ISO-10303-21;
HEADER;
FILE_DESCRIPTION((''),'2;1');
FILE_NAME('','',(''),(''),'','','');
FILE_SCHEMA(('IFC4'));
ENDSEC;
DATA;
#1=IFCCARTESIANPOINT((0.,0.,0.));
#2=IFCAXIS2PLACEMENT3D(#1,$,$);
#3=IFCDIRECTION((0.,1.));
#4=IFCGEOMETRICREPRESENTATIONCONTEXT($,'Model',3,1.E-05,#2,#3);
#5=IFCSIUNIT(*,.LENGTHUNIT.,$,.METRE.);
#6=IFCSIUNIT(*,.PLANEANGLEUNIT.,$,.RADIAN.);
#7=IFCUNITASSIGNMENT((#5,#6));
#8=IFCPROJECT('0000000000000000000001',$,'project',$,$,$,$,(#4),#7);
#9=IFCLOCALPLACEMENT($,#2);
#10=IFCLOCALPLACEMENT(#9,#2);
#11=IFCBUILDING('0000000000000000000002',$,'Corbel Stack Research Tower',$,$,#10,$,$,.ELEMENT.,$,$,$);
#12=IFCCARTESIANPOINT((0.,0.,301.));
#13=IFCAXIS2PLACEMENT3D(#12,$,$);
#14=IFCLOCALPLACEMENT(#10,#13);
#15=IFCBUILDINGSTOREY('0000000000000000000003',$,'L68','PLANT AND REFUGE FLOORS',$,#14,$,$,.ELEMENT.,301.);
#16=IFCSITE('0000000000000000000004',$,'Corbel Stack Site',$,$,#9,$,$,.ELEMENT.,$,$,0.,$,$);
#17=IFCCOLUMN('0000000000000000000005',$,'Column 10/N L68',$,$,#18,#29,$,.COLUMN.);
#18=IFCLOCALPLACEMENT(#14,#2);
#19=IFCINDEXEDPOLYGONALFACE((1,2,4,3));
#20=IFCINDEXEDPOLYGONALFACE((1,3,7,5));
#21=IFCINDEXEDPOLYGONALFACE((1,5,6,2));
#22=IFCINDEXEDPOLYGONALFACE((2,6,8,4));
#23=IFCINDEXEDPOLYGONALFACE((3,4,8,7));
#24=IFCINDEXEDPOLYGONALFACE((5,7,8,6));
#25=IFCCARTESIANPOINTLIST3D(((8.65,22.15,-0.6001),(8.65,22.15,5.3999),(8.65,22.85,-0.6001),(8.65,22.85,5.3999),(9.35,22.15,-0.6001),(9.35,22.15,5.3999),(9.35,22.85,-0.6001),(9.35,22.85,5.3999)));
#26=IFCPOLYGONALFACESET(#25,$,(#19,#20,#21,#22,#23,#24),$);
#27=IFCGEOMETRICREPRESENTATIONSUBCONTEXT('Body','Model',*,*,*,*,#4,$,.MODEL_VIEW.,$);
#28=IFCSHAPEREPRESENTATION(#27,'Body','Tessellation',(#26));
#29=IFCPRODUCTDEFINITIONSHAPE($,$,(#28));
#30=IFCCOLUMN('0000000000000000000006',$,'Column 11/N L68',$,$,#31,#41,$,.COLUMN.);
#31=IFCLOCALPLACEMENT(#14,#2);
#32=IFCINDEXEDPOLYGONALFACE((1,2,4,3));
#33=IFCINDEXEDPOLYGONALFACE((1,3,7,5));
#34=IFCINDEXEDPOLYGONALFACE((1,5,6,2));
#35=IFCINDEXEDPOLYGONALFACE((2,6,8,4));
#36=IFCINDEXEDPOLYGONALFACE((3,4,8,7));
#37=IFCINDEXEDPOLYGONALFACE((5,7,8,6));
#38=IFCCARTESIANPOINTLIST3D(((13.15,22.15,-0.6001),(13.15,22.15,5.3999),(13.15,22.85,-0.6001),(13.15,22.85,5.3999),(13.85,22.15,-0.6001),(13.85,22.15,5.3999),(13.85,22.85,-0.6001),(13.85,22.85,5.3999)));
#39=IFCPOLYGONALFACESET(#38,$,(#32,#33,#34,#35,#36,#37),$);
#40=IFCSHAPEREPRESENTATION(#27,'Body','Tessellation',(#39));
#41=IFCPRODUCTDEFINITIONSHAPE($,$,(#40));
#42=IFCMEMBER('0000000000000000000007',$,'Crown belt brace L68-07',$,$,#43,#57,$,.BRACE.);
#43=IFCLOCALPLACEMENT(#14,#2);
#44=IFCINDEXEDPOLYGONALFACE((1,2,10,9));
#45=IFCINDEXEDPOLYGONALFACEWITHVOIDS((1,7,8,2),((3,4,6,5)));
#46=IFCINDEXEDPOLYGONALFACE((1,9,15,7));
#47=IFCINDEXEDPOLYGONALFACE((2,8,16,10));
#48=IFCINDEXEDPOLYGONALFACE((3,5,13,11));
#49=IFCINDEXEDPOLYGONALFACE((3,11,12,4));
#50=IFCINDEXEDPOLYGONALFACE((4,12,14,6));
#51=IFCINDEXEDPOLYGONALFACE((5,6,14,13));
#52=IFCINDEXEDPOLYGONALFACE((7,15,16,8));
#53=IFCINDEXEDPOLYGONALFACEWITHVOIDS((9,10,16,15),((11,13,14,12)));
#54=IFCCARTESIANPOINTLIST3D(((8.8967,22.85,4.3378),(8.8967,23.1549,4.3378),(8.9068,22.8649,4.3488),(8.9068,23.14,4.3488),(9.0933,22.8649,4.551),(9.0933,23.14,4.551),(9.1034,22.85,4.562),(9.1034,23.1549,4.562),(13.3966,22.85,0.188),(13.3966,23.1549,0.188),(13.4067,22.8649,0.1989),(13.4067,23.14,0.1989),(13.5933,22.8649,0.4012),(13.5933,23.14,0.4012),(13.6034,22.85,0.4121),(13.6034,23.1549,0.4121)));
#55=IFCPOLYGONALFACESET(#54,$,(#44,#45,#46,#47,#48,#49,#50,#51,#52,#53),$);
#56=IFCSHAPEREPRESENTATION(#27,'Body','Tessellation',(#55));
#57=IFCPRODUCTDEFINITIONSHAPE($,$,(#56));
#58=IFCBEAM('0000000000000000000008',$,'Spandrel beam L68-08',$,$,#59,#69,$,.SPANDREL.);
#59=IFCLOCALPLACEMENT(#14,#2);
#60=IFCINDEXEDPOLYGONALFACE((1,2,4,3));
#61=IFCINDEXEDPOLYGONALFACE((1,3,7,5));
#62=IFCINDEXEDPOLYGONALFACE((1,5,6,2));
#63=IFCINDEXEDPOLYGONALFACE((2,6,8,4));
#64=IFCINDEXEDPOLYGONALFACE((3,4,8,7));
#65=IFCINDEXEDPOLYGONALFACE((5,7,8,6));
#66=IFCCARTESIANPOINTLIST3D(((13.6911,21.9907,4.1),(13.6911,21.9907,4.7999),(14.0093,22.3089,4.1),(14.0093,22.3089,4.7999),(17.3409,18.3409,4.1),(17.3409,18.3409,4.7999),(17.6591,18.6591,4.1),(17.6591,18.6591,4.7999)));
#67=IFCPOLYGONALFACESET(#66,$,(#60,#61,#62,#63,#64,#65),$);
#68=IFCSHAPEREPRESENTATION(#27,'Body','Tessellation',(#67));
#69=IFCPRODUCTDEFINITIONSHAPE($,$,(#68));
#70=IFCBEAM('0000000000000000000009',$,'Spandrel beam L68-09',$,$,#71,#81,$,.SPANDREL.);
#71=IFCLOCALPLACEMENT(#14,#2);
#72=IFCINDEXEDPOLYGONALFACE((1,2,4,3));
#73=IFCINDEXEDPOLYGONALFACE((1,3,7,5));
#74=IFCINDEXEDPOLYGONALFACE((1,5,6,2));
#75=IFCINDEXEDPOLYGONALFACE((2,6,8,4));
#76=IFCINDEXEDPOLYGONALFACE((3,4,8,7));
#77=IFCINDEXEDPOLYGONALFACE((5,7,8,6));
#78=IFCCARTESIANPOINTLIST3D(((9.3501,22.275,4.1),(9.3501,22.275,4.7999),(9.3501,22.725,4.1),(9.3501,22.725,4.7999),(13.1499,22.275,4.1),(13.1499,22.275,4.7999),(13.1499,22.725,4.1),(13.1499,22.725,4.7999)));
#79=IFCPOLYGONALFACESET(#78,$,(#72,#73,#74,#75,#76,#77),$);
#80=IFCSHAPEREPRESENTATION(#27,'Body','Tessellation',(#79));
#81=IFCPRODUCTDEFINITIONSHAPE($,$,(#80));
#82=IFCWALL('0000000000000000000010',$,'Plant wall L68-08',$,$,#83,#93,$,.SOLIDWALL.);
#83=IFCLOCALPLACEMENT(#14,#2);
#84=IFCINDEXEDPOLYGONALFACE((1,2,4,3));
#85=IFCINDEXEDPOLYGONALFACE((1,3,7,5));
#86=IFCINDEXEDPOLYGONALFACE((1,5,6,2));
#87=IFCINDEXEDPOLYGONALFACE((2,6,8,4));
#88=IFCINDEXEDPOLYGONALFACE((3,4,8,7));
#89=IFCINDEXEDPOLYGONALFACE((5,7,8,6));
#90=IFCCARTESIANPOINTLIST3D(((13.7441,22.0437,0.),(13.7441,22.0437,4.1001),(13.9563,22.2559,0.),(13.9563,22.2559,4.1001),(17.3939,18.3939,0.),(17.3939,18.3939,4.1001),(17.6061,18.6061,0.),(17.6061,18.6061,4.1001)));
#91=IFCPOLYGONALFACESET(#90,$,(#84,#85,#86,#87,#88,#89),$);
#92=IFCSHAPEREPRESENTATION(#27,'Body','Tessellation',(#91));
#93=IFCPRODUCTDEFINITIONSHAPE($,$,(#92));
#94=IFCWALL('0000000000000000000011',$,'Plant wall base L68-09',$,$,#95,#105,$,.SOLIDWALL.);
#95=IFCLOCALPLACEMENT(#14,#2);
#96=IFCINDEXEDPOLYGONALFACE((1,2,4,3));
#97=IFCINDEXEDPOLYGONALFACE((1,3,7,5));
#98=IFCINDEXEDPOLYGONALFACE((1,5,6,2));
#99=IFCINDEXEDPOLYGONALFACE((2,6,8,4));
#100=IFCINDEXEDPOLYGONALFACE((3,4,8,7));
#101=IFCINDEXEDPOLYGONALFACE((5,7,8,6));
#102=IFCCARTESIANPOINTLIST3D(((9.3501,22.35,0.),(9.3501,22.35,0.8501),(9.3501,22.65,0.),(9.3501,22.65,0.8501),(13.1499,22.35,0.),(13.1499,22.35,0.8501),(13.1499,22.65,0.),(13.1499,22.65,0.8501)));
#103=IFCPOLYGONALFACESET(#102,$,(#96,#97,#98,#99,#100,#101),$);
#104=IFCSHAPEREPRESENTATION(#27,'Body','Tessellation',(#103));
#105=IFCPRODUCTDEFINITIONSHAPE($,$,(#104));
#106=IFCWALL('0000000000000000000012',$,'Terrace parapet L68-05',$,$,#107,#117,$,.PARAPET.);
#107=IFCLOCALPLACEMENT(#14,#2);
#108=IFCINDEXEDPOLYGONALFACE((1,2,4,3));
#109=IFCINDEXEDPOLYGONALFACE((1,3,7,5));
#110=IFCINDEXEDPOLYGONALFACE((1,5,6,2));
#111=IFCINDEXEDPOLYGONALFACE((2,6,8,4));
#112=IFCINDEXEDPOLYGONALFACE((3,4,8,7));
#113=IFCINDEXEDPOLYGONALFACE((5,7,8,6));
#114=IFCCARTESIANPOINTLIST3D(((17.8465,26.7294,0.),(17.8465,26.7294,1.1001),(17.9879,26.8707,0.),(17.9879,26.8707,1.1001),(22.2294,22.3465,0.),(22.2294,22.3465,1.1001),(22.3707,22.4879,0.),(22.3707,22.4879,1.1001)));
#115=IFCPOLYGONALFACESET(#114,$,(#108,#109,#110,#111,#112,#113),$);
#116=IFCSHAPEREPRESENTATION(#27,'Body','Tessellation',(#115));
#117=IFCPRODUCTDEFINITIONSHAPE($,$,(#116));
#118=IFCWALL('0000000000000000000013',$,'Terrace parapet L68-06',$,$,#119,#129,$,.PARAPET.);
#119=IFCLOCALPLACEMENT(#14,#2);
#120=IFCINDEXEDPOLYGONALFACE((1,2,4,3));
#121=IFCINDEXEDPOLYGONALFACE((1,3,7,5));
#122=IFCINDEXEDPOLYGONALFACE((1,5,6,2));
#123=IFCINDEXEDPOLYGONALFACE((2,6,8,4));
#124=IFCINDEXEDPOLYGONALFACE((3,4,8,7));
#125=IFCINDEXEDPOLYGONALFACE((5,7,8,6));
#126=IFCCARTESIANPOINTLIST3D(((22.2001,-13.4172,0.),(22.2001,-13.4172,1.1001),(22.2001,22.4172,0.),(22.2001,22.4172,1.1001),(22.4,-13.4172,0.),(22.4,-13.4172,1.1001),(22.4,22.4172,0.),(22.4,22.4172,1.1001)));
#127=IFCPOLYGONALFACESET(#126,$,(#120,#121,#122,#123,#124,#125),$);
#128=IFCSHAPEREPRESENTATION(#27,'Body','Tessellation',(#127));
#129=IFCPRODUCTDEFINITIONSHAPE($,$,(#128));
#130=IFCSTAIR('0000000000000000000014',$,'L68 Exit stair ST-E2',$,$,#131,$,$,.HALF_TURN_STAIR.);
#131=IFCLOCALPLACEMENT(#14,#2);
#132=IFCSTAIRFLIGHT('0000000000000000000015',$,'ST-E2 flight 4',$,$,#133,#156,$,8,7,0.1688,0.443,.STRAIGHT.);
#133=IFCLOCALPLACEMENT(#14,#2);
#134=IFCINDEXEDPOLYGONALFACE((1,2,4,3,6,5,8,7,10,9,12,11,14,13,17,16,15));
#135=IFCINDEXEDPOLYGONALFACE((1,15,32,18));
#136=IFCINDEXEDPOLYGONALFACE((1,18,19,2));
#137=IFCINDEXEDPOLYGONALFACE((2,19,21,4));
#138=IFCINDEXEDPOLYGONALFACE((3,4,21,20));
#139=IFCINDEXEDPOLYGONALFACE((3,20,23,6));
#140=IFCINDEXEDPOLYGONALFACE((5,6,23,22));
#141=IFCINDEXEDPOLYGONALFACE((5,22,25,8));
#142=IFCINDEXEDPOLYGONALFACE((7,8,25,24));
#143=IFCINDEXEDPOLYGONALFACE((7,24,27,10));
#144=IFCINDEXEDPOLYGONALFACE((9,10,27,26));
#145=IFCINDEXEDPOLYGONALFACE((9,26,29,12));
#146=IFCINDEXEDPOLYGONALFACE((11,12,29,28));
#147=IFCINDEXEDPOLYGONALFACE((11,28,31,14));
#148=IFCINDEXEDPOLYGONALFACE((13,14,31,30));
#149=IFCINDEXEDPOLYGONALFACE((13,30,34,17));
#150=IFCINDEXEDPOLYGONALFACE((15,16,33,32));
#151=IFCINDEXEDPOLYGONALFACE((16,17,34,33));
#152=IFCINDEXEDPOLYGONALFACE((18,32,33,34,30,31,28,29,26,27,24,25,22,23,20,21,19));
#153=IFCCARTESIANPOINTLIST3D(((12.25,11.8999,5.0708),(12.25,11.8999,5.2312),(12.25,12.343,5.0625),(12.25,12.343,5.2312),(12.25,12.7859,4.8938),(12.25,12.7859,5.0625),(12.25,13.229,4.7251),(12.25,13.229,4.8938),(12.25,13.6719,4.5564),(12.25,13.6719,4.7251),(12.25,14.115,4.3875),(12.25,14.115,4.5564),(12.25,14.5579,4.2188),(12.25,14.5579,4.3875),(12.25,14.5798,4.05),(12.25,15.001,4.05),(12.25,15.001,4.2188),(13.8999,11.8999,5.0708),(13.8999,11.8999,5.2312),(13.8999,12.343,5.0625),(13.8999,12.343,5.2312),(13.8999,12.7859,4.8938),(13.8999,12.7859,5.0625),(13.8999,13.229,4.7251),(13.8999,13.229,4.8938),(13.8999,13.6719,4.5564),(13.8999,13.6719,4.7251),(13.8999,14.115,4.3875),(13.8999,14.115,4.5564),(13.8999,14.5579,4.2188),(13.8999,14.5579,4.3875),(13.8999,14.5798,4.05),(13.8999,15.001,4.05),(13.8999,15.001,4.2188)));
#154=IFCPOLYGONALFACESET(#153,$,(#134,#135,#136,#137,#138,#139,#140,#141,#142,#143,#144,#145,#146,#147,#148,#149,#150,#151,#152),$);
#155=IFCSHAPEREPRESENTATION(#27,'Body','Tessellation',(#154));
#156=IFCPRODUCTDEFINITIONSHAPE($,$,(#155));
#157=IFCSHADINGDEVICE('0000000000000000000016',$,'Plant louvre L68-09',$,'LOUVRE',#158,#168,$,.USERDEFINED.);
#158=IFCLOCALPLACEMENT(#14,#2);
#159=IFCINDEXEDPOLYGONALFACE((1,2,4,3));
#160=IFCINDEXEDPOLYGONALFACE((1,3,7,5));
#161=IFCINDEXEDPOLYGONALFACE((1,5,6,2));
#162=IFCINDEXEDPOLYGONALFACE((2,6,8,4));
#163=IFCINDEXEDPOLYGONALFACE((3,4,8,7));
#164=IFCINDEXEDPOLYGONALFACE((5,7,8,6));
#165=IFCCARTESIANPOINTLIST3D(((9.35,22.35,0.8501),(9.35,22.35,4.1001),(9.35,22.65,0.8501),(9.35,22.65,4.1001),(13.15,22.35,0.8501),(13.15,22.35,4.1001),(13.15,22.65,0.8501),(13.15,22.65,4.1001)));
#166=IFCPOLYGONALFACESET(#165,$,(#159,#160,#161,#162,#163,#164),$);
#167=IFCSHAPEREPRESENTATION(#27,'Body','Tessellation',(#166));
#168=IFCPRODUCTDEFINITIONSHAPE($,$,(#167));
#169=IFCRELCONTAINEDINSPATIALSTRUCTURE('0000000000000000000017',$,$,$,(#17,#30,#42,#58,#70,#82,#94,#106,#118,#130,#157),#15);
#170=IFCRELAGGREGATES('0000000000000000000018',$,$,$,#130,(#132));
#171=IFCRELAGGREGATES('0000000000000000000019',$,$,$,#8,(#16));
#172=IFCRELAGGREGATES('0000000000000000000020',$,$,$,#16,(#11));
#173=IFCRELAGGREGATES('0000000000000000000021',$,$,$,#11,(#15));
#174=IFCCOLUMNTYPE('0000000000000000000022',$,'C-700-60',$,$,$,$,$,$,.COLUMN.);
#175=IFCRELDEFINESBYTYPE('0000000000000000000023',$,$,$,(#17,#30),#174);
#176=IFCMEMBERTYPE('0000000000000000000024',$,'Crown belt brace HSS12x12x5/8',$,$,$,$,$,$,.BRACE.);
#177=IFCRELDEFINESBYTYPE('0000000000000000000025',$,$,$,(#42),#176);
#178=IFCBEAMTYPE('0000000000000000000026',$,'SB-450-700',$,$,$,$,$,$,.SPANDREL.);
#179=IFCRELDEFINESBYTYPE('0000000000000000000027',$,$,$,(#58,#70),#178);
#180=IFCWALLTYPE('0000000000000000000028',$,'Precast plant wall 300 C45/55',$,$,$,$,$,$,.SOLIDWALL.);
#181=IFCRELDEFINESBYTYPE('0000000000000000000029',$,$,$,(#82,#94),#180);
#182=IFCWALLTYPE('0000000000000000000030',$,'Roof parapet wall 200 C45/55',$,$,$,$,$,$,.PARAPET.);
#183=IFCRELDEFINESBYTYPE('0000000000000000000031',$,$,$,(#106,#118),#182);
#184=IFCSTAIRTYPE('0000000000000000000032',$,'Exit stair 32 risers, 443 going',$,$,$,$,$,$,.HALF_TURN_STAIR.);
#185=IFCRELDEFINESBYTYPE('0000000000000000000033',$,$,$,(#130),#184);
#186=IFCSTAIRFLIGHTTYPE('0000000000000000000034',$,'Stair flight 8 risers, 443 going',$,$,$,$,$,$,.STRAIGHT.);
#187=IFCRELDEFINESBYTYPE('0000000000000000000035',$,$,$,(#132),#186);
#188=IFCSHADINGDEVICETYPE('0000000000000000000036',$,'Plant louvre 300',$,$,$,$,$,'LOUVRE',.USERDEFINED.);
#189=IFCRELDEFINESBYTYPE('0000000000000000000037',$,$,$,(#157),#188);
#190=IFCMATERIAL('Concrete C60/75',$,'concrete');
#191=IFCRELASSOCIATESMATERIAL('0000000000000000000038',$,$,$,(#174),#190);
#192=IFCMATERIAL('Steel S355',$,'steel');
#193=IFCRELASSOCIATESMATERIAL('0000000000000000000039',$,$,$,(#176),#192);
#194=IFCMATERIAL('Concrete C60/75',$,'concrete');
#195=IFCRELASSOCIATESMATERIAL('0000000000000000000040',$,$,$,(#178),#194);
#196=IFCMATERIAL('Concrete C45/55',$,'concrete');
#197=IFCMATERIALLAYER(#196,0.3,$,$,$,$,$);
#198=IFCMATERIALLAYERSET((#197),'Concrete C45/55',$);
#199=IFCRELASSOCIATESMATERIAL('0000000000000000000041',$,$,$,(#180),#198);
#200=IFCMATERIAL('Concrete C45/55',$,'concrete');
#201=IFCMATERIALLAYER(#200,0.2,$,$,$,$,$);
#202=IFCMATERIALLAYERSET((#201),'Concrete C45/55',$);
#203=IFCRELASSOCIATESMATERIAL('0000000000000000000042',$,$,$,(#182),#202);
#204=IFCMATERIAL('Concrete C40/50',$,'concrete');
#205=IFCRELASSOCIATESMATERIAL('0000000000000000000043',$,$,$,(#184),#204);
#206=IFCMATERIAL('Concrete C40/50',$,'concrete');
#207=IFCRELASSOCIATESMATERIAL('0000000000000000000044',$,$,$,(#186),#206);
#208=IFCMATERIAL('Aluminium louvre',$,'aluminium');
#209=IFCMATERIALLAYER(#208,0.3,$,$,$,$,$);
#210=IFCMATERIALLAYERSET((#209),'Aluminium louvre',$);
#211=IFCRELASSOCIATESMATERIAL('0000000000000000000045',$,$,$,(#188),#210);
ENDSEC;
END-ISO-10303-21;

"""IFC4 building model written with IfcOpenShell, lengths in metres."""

from ifc_helpers import new_model, si_unit, direction, frame, frame_2d, origin, origin_2d, place, context, subcontext, project, spatial, polyline, rectangle, hollow_rectangle, outline, extrude, material, layer, layer_set, material_profile, profile_set, type_object, element, aggregate, save


model = new_model("IFC4")

# Units and contexts
model_context = context("Model", 3, precision=1e-05, world=origin(), true_north=direction((0.0, 1.0)))
body_context = subcontext(model_context, "Body", "Model", "MODEL_VIEW")
ifc_project = project(units=[si_unit("LENGTHUNIT", "METRE"), si_unit("PLANEANGLEUNIT", "RADIAN")], contexts=[model_context])

# Site, building, storey
site_placement = place(None, origin())
site = spatial("IfcSite", under=ifc_project, at=site_placement, Name="Corbel Stack Site", CompositionType="ELEMENT", RefElevation=0.0)
building_placement = place(site_placement, origin())
building = spatial("IfcBuilding", under=site, at=building_placement, Name="Corbel Stack Research Tower", CompositionType="ELEMENT")
storey_placement = place(building_placement, frame((0.0, 0.0, 301.0)))
storey = spatial("IfcBuildingStorey", under=building, at=storey_placement, Name="L68", Description="PLANT AND REFUGE FLOORS", CompositionType="ELEMENT", Elevation=301.0)

# Columns
ifc_material_1 = material(Name="Concrete C60/75", Category="concrete")
ifc_material_profile_1 = material_profile(ifc_material_1, rectangle(XDim=0.7, YDim=0.7, at=origin_2d()), Name="RC 700 x 700")
ifc_profile_set_1 = profile_set([ifc_material_profile_1], Name="Concrete C60/75")
column_type = type_object("IfcColumnType", Name="C-700-60", PredefinedType="COLUMN", material=ifc_profile_set_1)
for number, where, z_axis, x_axis, name in (
    (1, (9.0, 22.5, -0.6001), (0.0, 0.0, 1.0), (1.0, 0.0, 0.0), "Column 10/N L68"),
    (2, (13.5, 22.5, -0.6001), (0.0, 0.0, 1.0), (1.0, 0.0, 0.0), "Column 11/N L68"),
):
    element("IfcColumn", number, at=place(storey_placement, frame(where, z_axis=z_axis, x_axis=x_axis)), inside=storey, type_object=column_type, Name=name, PredefinedType="COLUMN", context=body_context, shape_type="SweptSolid", body=[
        extrude(rectangle(XDim=0.7, YDim=0.7, at=origin_2d()), origin(), (0.0, 0.0, 1.0), 6.0),
    ])

# Member
ifc_material_2 = material(Name="Steel S355", Category="steel")
ifc_material_profile_2 = material_profile(ifc_material_2, hollow_rectangle(XDim=0.3049, YDim=0.3049, WallThickness=0.0149, at=origin_2d()), Name="HSS12x12x5/8")
ifc_profile_set_2 = profile_set([ifc_material_profile_2], Name="Steel S355")
member_type = type_object("IfcMemberType", Name="Crown belt brace HSS12x12x5/8", PredefinedType="BRACE", material=ifc_profile_set_2)
member_placement = place(storey_placement, frame((13.5, 23.0024, 0.3), z_axis=(-0.735124, 0.0, 0.677932), x_axis=(0.0, -1.0, 0.0)))
element("IfcMember", 3, at=member_placement, inside=storey, type_object=member_type, Name="Crown belt brace L68-07", PredefinedType="BRACE", context=body_context, shape_type="SweptSolid", body=[
    extrude(hollow_rectangle(XDim=0.3049, YDim=0.3049, WallThickness=0.0149, at=origin_2d()), origin(), (0.0, 0.0, 1.0), 6.1213),
])

# Beams
ifc_material_3 = material(Name="Concrete C60/75", Category="concrete")
ifc_material_profile_3 = material_profile(ifc_material_3, rectangle(XDim=0.45, YDim=0.7, at=origin_2d()), Name="RC 450 x 700")
ifc_profile_set_3 = profile_set([ifc_material_profile_3], Name="Concrete C60/75")
beam_type = type_object("IfcBeamType", Name="SB-450-700", PredefinedType="SPANDREL", material=ifc_profile_set_3)
beam_1_placement = place(storey_placement, frame((17.5, 18.5, 4.45), z_axis=(-0.707107, 0.707107, 0.0), x_axis=(-0.707107, -0.707107, 0.0)))
element("IfcBeam", 4, at=beam_1_placement, inside=storey, type_object=beam_type, Name="Spandrel beam L68-08", PredefinedType="SPANDREL", context=body_context, shape_type="SweptSolid", body=[
    extrude(rectangle(XDim=0.45, YDim=0.7, at=origin_2d()), origin(), (0.0, 0.0, 1.0), 5.1616),
])
beam_2_placement = place(storey_placement, frame((13.1499, 22.5, 4.45), z_axis=(-1.0, 0.0, 0.0), x_axis=(0.0, -1.0, 0.0)))
element("IfcBeam", 5, at=beam_2_placement, inside=storey, type_object=beam_type, Name="Spandrel beam L68-09", PredefinedType="SPANDREL", context=body_context, shape_type="SweptSolid", body=[
    extrude(rectangle(XDim=0.45, YDim=0.7, at=origin_2d()), origin(), (0.0, 0.0, 1.0), 3.7998),
])

# Walls
ifc_material_4 = material(Name="Concrete C45/55", Category="concrete")
ifc_layer_1 = layer(ifc_material_4, 0.3)
ifc_layer_set_1 = layer_set([ifc_layer_1], Name="Concrete C45/55")
wall_type_1 = type_object("IfcWallType", Name="Precast plant wall 300 C45/55", PredefinedType="SOLIDWALL", material=ifc_layer_set_1)
wall_1_placement = place(storey_placement, frame((17.5, 18.5, 0.0), z_axis=(0.0, 0.0, 1.0), x_axis=(-0.707107, 0.707107, 0.0)))
element("IfcWall", 6, at=wall_1_placement, inside=storey, type_object=wall_type_1, Name="Plant wall L68-08", PredefinedType="SOLIDWALL", context=body_context, shape_type="SweptSolid", body=[
    extrude(rectangle(XDim=5.1616, YDim=0.3, at=frame_2d((2.5808, 0.0))), origin(), (0.0, 0.0, 1.0), 4.1001),
])
wall_2_placement = place(storey_placement, frame((13.1499, 22.5, 0.0), z_axis=(0.0, 0.0, 1.0), x_axis=(-1.0, 0.0, 0.0)))
element("IfcWall", 7, at=wall_2_placement, inside=storey, type_object=wall_type_1, Name="Plant wall base L68-09", PredefinedType="SOLIDWALL", context=body_context, shape_type="SweptSolid", body=[
    extrude(rectangle(XDim=3.7998, YDim=0.3, at=frame_2d((1.8999, 0.0))), origin(), (0.0, 0.0, 1.0), 0.8501),
])
ifc_material_5 = material(Name="Concrete C45/55", Category="concrete")
ifc_layer_2 = layer(ifc_material_5, 0.2)
ifc_layer_set_2 = layer_set([ifc_layer_2], Name="Concrete C45/55")
wall_type_2 = type_object("IfcWallType", Name="Roof parapet wall 200 C45/55", PredefinedType="PARAPET", material=ifc_layer_set_2)
wall_3_placement = place(storey_placement, frame((17.9172, 26.8, 0.0), z_axis=(0.0, 0.0, 1.0), x_axis=(0.707107, -0.707107, 0.0)))
element("IfcWall", 8, at=wall_3_placement, inside=storey, type_object=wall_type_2, Name="Terrace parapet L68-05", PredefinedType="PARAPET", context=body_context, shape_type="SweptSolid", body=[
    extrude(rectangle(XDim=6.1982, YDim=0.2, at=frame_2d((3.0991, 0.0))), origin(), (0.0, 0.0, 1.0), 1.1001),
])
wall_4_placement = place(storey_placement, frame((22.3, 22.4172, 0.0), z_axis=(0.0, 0.0, 1.0), x_axis=(0.0, -1.0, 0.0)))
element("IfcWall", 9, at=wall_4_placement, inside=storey, type_object=wall_type_2, Name="Terrace parapet L68-06", PredefinedType="PARAPET", context=body_context, shape_type="SweptSolid", body=[
    extrude(rectangle(XDim=35.8345, YDim=0.2, at=frame_2d((17.9172, 0.0))), origin(), (0.0, 0.0, 1.0), 1.1001),
])

# Stair, stair flight
ifc_material_6 = material(Name="Concrete C40/50", Category="concrete")
stair_type = type_object("IfcStairType", Name="Exit stair 32 risers, 443 going", PredefinedType="HALF_TURN_STAIR", material=ifc_material_6)
stair_placement = place(storey_placement, origin())
stair = element("IfcStair", 10, at=stair_placement, inside=storey, type_object=stair_type, Name="L68 Exit stair ST-E2", PredefinedType="HALF_TURN_STAIR")
ifc_material_7 = material(Name="Concrete C40/50", Category="concrete")
stair_flight_type = type_object("IfcStairFlightType", Name="Stair flight 8 risers, 443 going", PredefinedType="STRAIGHT", material=ifc_material_7)
stair_flight_placement = place(storey_placement, frame((13.075, 15.001, 4.05), z_axis=(0.0, 0.0, 1.0), x_axis=(0.0, -1.0, 0.0)))
stair_flight = element("IfcStairFlight", 11, at=stair_flight_placement, type_object=stair_flight_type, Name="ST-E2 flight 4", NumberOfRisers=8, NumberOfTreads=7, PredefinedType="STRAIGHT", RiserHeight=0.1688, TreadLength=0.443, context=body_context, shape_type="SweptSolid", body=[
    extrude(outline(polyline([(0.0, 0.0), (0.0, 0.1687), (0.4431, 0.1687), (0.4431, 0.3374), (0.886, 0.3374), (0.886, 0.5063), (1.3291, 0.5063), (1.3291, 0.675), (1.772, 0.675), (1.772, 0.8438), (2.2151, 0.8438), (2.2151, 1.0125), (2.658, 1.0125), (2.658, 1.1812), (3.1011, 1.1812), (3.1011, 1.3501), (3.1011, 1.0208), (0.4211, 0.0), (0.0, 0.0)])), frame((0.0, 0.825, 0.0), z_axis=(0.0, -1.0, 0.0), x_axis=(1.0, 0.0, 0.0)), (0.0, 0.0, 1.0), 1.6499),
])
aggregate(stair, [stair_flight])

# Shading device
ifc_material_8 = material(Name="Aluminium louvre", Category="aluminium")
ifc_layer_3 = layer(ifc_material_8, 0.3)
ifc_layer_set_3 = layer_set([ifc_layer_3], Name="Aluminium louvre")
shading_device_type = type_object("IfcShadingDeviceType", Name="Plant louvre 300", ElementType="LOUVRE", PredefinedType="USERDEFINED", material=ifc_layer_set_3)
shading_device_placement = place(storey_placement, frame((11.25, 22.5, 0.8501), z_axis=(0.0, 0.0, 1.0), x_axis=(-1.0, 0.0, 0.0)))
element("IfcShadingDevice", 12, at=shading_device_placement, inside=storey, type_object=shading_device_type, Name="Plant louvre L68-09", ObjectType="LOUVRE", PredefinedType="USERDEFINED", context=body_context, shape_type="SweptSolid", body=[
    extrude(rectangle(XDim=3.8, YDim=0.3, at=origin_2d()), origin(), (0.0, 0.0, 1.0), 3.25),
])

save(model, "model.ifc")
